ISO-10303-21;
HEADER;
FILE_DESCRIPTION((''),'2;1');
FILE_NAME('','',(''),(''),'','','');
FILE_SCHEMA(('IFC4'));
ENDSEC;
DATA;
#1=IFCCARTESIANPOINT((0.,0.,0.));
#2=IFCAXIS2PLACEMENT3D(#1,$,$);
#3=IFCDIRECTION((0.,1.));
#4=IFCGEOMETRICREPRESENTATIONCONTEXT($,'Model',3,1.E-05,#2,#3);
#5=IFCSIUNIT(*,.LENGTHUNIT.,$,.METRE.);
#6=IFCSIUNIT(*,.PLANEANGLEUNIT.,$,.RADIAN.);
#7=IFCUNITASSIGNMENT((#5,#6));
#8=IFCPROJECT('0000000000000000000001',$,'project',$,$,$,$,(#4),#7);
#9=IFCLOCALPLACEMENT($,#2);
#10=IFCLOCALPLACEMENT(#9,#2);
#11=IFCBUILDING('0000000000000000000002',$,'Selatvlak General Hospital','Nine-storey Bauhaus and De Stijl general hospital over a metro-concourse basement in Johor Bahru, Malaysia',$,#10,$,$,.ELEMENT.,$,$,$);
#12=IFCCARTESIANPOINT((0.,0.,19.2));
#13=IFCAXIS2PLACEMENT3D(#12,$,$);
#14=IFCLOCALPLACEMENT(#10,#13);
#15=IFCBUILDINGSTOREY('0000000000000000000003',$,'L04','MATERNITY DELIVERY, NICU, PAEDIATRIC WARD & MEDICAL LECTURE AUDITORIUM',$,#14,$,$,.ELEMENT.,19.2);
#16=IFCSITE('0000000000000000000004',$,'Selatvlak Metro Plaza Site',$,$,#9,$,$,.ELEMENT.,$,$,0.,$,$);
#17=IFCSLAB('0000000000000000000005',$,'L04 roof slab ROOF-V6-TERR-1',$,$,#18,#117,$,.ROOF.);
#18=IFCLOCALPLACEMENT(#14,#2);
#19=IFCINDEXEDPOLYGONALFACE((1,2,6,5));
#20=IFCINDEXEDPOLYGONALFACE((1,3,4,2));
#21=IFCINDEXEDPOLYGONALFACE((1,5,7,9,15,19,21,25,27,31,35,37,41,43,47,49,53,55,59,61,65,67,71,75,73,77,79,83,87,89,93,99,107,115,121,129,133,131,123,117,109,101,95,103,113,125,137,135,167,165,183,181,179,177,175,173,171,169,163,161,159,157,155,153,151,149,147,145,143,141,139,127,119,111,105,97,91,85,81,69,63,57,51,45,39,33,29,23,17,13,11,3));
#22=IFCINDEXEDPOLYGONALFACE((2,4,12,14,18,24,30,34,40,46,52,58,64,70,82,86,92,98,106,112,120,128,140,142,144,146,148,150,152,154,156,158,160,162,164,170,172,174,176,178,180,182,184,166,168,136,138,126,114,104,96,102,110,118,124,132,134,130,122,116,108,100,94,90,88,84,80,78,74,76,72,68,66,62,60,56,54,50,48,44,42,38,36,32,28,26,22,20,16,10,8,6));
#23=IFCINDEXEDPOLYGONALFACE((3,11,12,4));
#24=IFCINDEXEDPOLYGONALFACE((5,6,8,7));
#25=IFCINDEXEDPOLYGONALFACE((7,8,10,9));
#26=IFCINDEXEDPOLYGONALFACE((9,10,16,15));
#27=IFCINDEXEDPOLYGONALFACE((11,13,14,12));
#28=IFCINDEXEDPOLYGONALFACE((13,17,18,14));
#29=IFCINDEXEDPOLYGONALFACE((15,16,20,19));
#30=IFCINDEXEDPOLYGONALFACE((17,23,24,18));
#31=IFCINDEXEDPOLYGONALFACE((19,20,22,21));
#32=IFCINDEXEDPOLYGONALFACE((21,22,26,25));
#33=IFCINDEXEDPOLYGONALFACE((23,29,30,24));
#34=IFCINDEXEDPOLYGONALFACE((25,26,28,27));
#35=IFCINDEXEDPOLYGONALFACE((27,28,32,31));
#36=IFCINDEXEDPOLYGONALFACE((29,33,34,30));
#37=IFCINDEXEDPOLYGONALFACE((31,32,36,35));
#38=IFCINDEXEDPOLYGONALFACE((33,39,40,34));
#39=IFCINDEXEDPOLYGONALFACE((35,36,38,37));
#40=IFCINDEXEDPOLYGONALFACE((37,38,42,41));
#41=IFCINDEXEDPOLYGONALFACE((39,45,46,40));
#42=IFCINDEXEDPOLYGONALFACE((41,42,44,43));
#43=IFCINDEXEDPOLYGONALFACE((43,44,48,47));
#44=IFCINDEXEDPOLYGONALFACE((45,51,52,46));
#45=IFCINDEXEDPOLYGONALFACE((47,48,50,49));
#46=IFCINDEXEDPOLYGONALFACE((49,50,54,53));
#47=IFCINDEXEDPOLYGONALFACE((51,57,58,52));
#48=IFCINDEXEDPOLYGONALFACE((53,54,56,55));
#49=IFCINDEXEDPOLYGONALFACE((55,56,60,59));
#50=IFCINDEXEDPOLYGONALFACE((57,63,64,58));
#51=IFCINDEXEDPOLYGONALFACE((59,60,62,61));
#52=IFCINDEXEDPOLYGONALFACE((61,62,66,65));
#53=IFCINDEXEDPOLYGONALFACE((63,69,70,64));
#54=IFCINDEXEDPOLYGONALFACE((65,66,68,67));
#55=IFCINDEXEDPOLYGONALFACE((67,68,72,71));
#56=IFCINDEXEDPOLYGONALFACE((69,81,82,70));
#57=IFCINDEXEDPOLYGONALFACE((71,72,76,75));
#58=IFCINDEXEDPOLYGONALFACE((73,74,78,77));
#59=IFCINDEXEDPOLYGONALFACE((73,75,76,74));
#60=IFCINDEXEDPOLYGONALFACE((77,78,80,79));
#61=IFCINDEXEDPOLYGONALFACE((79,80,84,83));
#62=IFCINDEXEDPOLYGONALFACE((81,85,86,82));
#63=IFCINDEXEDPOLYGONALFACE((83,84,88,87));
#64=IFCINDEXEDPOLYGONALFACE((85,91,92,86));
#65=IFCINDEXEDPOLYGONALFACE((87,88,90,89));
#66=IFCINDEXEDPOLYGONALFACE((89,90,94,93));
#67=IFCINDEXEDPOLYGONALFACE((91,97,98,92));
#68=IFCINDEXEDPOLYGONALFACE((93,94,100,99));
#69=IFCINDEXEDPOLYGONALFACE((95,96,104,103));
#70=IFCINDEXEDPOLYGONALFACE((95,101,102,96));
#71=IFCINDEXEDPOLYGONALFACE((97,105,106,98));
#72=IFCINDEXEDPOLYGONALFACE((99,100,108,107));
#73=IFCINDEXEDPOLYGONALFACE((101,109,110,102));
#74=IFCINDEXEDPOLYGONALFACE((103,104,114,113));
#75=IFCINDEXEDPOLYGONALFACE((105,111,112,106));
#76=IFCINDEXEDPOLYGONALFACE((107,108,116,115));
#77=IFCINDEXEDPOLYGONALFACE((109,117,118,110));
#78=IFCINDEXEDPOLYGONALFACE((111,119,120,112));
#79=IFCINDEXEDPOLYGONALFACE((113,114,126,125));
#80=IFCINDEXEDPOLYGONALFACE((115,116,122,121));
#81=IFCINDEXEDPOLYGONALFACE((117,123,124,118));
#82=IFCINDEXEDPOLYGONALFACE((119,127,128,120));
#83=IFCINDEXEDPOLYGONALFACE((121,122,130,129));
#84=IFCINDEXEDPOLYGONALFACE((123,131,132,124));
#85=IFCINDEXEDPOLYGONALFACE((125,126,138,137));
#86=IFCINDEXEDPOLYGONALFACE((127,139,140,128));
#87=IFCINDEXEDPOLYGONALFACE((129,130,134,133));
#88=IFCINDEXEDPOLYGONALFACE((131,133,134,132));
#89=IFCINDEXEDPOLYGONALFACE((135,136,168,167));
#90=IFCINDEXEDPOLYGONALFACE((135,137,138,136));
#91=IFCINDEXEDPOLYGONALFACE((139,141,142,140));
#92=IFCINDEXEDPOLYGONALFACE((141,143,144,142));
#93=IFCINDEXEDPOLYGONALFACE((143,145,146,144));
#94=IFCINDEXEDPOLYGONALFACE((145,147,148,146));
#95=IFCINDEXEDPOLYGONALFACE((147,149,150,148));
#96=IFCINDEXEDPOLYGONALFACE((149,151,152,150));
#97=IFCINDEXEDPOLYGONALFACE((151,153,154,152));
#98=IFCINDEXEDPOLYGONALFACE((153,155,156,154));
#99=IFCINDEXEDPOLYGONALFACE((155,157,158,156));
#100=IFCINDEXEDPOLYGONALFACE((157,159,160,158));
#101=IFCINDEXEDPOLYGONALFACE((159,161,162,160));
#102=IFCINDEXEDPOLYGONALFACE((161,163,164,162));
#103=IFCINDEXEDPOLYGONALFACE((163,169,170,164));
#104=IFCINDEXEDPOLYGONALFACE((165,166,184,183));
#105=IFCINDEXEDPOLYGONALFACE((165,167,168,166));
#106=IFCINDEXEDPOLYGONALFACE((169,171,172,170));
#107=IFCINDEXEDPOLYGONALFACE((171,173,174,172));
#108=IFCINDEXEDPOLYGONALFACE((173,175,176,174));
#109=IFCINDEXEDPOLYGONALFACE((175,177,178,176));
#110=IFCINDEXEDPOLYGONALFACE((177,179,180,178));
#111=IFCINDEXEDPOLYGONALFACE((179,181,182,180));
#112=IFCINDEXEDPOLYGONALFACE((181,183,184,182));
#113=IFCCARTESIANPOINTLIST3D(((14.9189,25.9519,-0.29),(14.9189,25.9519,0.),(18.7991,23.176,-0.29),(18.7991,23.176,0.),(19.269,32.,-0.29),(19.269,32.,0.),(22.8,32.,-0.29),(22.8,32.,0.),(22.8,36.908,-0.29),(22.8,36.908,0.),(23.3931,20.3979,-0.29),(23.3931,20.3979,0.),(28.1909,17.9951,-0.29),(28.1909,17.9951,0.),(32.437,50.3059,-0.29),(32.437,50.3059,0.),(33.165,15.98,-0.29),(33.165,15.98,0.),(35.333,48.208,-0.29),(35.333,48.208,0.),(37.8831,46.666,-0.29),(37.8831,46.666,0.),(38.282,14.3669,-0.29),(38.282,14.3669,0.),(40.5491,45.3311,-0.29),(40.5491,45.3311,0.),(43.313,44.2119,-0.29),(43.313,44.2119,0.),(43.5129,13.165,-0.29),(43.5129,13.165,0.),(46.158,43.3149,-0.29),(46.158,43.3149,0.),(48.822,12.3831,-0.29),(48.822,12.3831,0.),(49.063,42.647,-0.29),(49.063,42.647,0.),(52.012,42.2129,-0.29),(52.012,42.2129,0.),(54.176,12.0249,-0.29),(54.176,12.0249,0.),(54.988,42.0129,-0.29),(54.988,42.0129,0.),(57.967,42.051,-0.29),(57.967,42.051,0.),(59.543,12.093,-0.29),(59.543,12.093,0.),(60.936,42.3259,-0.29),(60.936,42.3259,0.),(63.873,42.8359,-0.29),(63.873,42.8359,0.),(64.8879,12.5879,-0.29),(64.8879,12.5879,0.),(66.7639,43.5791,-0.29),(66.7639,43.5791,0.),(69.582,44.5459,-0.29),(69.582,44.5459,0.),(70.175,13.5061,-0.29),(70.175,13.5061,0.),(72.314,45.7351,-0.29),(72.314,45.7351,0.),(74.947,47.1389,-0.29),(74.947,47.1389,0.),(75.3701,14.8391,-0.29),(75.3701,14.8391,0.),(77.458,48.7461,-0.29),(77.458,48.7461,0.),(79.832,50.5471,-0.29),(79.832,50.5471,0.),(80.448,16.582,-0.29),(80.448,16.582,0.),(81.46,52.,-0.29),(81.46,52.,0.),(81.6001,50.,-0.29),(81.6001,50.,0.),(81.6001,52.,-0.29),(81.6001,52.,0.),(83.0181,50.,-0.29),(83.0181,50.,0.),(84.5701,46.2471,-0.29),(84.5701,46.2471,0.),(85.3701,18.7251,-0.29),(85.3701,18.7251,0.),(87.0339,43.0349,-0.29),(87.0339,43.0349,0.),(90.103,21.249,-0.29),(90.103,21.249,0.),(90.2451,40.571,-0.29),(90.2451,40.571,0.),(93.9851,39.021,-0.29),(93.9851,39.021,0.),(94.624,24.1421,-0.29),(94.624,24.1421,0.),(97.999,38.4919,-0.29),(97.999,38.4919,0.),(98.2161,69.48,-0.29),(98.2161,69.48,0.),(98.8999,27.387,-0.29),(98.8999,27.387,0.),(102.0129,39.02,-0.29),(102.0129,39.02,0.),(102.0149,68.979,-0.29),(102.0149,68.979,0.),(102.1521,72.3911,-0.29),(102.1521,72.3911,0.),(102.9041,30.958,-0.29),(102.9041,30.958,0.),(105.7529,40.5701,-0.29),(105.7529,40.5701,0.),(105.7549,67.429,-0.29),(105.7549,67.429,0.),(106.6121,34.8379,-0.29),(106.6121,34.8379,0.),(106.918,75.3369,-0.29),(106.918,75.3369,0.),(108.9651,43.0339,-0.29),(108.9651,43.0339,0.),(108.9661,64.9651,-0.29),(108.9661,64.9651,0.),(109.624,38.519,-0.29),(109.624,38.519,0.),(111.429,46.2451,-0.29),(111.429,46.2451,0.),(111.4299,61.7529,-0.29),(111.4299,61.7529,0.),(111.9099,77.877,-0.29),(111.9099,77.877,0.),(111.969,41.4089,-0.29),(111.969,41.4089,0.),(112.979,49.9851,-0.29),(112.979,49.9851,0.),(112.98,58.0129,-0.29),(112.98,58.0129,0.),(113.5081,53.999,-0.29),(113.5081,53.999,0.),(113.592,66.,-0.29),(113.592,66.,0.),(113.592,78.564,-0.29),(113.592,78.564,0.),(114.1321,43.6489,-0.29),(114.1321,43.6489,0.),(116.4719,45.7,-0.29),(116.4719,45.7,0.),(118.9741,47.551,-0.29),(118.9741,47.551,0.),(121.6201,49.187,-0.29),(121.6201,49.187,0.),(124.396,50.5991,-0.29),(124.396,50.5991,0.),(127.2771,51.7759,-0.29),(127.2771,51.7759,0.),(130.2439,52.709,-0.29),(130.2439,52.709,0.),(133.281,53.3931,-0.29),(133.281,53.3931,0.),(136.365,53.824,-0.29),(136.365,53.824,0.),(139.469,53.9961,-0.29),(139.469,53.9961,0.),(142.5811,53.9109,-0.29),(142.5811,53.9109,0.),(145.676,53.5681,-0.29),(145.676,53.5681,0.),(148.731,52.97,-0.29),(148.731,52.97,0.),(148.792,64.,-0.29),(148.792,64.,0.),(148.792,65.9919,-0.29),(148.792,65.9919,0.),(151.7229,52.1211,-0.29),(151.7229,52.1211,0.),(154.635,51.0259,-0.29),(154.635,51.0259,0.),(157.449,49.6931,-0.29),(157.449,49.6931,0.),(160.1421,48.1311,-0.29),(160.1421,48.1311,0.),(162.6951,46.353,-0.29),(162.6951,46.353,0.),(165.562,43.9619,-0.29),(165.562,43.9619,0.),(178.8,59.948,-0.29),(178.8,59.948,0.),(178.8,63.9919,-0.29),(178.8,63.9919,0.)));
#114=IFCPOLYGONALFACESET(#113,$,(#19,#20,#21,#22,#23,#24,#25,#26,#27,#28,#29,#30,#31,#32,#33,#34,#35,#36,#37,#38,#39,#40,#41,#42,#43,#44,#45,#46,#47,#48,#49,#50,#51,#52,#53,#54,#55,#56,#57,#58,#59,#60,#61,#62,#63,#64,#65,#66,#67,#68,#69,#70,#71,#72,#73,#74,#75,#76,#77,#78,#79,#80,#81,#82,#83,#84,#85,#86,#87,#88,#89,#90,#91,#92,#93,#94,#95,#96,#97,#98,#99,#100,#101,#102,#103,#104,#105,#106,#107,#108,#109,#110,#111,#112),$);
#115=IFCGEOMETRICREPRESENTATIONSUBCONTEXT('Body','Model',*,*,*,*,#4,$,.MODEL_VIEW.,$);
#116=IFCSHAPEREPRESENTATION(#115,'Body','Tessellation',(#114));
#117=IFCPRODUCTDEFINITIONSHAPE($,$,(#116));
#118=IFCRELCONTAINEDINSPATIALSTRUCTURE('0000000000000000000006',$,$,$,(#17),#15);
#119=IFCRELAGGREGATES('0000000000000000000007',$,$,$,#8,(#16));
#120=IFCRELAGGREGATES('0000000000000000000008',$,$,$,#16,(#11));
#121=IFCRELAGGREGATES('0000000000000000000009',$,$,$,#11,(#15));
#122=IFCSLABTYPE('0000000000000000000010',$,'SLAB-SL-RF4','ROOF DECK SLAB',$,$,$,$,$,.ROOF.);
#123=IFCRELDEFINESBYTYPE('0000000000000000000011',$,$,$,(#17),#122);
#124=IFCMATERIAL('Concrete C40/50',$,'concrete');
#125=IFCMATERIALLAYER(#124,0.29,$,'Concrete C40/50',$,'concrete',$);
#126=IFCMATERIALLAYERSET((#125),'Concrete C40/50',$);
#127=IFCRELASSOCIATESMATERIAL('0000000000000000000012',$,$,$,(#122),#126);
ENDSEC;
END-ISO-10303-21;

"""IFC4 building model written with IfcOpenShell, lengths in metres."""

from ifc_helpers import new_model, si_unit, direction, frame, origin, place, context, subcontext, project, spatial, polyline, outline, extrude, material, layer, layer_set, type_object, element, save


model = new_model("IFC4")

# Units and contexts
model_context = context("Model", 3, precision=1e-05, world=origin(), true_north=direction((0.0, 1.0)))
body_context = subcontext(model_context, "Body", "Model", "MODEL_VIEW")
ifc_project = project(units=[si_unit("LENGTHUNIT", "METRE"), si_unit("PLANEANGLEUNIT", "RADIAN")], contexts=[model_context])

# Site, building, storey
site_placement = place(None, origin())
site = spatial("IfcSite", under=ifc_project, at=site_placement, Name="Selatvlak Metro Plaza Site", CompositionType="ELEMENT", RefElevation=0.0)
building_placement = place(site_placement, origin())
building = spatial("IfcBuilding", under=site, at=building_placement, Name="Selatvlak General Hospital", Description="Nine-storey Bauhaus and De Stijl general hospital over a metro-concourse basement in Johor Bahru, Malaysia", CompositionType="ELEMENT")
storey_placement = place(building_placement, frame((0.0, 0.0, 19.2)))
storey = spatial("IfcBuildingStorey", under=building, at=storey_placement, Name="L04", Description="MATERNITY DELIVERY, NICU, PAEDIATRIC WARD & MEDICAL LECTURE AUDITORIUM", CompositionType="ELEMENT", Elevation=19.2)

# Shared definitions
ifc_material_1 = material(Name="Concrete C40/50", Category="concrete")

# Slab
ifc_layer_1 = layer(ifc_material_1, 0.29, Name="Concrete C40/50", Category="concrete")
ifc_layer_set_1 = layer_set([ifc_layer_1], Name="Concrete C40/50")
slab_type_1 = type_object("IfcSlabType", Name="SLAB-SL-RF4", Description="ROOF DECK SLAB", PredefinedType="ROOF", material=ifc_layer_set_1)
slab_1_placement = place(storey_placement, frame((0.0, 0.0, -0.29)))
element("IfcSlab", 1, at=slab_1_placement, inside=storey, type_object=slab_type_1, Name="L04 roof slab ROOF-V6-TERR-1", PredefinedType="ROOF", context=body_context, shape_type="SweptSolid", body=[
    extrude(outline(polyline([(54.988, 42.0129), (57.967, 42.051), (60.936, 42.3259), (63.873, 42.8359), (66.7639, 43.5791), (69.582, 44.5459), (72.314, 45.7351), (74.947, 47.1389), (77.458, 48.7461), (79.832, 50.5471), (81.46, 52.0), (81.6001, 52.0), (81.6001, 50.0), (83.0181, 50.0), (84.5701, 46.2471), (87.0339, 43.0349), (90.2451, 40.571), (93.9851, 39.021), (97.999, 38.4919), (102.0129, 39.02), (105.7529, 40.5701), (108.9651, 43.0339), (111.429, 46.2451), (112.979, 49.9851), (113.5081, 53.999), (112.98, 58.0129), (111.4299, 61.7529), (108.9661, 64.9651), (105.7549, 67.429), (102.0149, 68.979), (98.2161, 69.48), (102.1521, 72.3911), (106.918, 75.3369), (111.9099, 77.877), (113.592, 78.564), (113.592, 66.0), (148.792, 65.9919), (148.792, 64.0), (178.8, 63.9919), (178.8, 59.948), (165.562, 43.9619), (162.6951, 46.353), (160.1421, 48.1311), (157.449, 49.6931), (154.635, 51.0259), (151.7229, 52.1211), (148.731, 52.97), (145.676, 53.5681), (142.5811, 53.9109), (139.469, 53.9961), (136.365, 53.824), (133.281, 53.3931), (130.2439, 52.709), (127.2771, 51.7759), (124.396, 50.5991), (121.6201, 49.187), (118.9741, 47.551), (116.4719, 45.7), (114.1321, 43.6489), (111.969, 41.4089), (109.624, 38.519), (106.6121, 34.8379), (102.9041, 30.958), (98.8999, 27.387), (94.624, 24.1421), (90.103, 21.249), (85.3701, 18.7251), (80.448, 16.582), (75.3701, 14.8391), (70.175, 13.5061), (64.8879, 12.5879), (59.543, 12.093), (54.176, 12.0249), (48.822, 12.3831), (43.5129, 13.165), (38.282, 14.3669), (33.165, 15.98), (28.1909, 17.9951), (23.3931, 20.3979), (18.7991, 23.176), (14.9189, 25.9519), (19.269, 32.0), (22.8, 32.0), (22.8, 36.908), (32.437, 50.3059), (35.333, 48.208), (37.8831, 46.666), (40.5491, 45.3311), (43.313, 44.2119), (46.158, 43.3149), (49.063, 42.647), (52.012, 42.2129), (54.988, 42.0129)])), origin(), (0.0, 0.0, 1.0), 0.29),
])

save(model, "model.ifc")
